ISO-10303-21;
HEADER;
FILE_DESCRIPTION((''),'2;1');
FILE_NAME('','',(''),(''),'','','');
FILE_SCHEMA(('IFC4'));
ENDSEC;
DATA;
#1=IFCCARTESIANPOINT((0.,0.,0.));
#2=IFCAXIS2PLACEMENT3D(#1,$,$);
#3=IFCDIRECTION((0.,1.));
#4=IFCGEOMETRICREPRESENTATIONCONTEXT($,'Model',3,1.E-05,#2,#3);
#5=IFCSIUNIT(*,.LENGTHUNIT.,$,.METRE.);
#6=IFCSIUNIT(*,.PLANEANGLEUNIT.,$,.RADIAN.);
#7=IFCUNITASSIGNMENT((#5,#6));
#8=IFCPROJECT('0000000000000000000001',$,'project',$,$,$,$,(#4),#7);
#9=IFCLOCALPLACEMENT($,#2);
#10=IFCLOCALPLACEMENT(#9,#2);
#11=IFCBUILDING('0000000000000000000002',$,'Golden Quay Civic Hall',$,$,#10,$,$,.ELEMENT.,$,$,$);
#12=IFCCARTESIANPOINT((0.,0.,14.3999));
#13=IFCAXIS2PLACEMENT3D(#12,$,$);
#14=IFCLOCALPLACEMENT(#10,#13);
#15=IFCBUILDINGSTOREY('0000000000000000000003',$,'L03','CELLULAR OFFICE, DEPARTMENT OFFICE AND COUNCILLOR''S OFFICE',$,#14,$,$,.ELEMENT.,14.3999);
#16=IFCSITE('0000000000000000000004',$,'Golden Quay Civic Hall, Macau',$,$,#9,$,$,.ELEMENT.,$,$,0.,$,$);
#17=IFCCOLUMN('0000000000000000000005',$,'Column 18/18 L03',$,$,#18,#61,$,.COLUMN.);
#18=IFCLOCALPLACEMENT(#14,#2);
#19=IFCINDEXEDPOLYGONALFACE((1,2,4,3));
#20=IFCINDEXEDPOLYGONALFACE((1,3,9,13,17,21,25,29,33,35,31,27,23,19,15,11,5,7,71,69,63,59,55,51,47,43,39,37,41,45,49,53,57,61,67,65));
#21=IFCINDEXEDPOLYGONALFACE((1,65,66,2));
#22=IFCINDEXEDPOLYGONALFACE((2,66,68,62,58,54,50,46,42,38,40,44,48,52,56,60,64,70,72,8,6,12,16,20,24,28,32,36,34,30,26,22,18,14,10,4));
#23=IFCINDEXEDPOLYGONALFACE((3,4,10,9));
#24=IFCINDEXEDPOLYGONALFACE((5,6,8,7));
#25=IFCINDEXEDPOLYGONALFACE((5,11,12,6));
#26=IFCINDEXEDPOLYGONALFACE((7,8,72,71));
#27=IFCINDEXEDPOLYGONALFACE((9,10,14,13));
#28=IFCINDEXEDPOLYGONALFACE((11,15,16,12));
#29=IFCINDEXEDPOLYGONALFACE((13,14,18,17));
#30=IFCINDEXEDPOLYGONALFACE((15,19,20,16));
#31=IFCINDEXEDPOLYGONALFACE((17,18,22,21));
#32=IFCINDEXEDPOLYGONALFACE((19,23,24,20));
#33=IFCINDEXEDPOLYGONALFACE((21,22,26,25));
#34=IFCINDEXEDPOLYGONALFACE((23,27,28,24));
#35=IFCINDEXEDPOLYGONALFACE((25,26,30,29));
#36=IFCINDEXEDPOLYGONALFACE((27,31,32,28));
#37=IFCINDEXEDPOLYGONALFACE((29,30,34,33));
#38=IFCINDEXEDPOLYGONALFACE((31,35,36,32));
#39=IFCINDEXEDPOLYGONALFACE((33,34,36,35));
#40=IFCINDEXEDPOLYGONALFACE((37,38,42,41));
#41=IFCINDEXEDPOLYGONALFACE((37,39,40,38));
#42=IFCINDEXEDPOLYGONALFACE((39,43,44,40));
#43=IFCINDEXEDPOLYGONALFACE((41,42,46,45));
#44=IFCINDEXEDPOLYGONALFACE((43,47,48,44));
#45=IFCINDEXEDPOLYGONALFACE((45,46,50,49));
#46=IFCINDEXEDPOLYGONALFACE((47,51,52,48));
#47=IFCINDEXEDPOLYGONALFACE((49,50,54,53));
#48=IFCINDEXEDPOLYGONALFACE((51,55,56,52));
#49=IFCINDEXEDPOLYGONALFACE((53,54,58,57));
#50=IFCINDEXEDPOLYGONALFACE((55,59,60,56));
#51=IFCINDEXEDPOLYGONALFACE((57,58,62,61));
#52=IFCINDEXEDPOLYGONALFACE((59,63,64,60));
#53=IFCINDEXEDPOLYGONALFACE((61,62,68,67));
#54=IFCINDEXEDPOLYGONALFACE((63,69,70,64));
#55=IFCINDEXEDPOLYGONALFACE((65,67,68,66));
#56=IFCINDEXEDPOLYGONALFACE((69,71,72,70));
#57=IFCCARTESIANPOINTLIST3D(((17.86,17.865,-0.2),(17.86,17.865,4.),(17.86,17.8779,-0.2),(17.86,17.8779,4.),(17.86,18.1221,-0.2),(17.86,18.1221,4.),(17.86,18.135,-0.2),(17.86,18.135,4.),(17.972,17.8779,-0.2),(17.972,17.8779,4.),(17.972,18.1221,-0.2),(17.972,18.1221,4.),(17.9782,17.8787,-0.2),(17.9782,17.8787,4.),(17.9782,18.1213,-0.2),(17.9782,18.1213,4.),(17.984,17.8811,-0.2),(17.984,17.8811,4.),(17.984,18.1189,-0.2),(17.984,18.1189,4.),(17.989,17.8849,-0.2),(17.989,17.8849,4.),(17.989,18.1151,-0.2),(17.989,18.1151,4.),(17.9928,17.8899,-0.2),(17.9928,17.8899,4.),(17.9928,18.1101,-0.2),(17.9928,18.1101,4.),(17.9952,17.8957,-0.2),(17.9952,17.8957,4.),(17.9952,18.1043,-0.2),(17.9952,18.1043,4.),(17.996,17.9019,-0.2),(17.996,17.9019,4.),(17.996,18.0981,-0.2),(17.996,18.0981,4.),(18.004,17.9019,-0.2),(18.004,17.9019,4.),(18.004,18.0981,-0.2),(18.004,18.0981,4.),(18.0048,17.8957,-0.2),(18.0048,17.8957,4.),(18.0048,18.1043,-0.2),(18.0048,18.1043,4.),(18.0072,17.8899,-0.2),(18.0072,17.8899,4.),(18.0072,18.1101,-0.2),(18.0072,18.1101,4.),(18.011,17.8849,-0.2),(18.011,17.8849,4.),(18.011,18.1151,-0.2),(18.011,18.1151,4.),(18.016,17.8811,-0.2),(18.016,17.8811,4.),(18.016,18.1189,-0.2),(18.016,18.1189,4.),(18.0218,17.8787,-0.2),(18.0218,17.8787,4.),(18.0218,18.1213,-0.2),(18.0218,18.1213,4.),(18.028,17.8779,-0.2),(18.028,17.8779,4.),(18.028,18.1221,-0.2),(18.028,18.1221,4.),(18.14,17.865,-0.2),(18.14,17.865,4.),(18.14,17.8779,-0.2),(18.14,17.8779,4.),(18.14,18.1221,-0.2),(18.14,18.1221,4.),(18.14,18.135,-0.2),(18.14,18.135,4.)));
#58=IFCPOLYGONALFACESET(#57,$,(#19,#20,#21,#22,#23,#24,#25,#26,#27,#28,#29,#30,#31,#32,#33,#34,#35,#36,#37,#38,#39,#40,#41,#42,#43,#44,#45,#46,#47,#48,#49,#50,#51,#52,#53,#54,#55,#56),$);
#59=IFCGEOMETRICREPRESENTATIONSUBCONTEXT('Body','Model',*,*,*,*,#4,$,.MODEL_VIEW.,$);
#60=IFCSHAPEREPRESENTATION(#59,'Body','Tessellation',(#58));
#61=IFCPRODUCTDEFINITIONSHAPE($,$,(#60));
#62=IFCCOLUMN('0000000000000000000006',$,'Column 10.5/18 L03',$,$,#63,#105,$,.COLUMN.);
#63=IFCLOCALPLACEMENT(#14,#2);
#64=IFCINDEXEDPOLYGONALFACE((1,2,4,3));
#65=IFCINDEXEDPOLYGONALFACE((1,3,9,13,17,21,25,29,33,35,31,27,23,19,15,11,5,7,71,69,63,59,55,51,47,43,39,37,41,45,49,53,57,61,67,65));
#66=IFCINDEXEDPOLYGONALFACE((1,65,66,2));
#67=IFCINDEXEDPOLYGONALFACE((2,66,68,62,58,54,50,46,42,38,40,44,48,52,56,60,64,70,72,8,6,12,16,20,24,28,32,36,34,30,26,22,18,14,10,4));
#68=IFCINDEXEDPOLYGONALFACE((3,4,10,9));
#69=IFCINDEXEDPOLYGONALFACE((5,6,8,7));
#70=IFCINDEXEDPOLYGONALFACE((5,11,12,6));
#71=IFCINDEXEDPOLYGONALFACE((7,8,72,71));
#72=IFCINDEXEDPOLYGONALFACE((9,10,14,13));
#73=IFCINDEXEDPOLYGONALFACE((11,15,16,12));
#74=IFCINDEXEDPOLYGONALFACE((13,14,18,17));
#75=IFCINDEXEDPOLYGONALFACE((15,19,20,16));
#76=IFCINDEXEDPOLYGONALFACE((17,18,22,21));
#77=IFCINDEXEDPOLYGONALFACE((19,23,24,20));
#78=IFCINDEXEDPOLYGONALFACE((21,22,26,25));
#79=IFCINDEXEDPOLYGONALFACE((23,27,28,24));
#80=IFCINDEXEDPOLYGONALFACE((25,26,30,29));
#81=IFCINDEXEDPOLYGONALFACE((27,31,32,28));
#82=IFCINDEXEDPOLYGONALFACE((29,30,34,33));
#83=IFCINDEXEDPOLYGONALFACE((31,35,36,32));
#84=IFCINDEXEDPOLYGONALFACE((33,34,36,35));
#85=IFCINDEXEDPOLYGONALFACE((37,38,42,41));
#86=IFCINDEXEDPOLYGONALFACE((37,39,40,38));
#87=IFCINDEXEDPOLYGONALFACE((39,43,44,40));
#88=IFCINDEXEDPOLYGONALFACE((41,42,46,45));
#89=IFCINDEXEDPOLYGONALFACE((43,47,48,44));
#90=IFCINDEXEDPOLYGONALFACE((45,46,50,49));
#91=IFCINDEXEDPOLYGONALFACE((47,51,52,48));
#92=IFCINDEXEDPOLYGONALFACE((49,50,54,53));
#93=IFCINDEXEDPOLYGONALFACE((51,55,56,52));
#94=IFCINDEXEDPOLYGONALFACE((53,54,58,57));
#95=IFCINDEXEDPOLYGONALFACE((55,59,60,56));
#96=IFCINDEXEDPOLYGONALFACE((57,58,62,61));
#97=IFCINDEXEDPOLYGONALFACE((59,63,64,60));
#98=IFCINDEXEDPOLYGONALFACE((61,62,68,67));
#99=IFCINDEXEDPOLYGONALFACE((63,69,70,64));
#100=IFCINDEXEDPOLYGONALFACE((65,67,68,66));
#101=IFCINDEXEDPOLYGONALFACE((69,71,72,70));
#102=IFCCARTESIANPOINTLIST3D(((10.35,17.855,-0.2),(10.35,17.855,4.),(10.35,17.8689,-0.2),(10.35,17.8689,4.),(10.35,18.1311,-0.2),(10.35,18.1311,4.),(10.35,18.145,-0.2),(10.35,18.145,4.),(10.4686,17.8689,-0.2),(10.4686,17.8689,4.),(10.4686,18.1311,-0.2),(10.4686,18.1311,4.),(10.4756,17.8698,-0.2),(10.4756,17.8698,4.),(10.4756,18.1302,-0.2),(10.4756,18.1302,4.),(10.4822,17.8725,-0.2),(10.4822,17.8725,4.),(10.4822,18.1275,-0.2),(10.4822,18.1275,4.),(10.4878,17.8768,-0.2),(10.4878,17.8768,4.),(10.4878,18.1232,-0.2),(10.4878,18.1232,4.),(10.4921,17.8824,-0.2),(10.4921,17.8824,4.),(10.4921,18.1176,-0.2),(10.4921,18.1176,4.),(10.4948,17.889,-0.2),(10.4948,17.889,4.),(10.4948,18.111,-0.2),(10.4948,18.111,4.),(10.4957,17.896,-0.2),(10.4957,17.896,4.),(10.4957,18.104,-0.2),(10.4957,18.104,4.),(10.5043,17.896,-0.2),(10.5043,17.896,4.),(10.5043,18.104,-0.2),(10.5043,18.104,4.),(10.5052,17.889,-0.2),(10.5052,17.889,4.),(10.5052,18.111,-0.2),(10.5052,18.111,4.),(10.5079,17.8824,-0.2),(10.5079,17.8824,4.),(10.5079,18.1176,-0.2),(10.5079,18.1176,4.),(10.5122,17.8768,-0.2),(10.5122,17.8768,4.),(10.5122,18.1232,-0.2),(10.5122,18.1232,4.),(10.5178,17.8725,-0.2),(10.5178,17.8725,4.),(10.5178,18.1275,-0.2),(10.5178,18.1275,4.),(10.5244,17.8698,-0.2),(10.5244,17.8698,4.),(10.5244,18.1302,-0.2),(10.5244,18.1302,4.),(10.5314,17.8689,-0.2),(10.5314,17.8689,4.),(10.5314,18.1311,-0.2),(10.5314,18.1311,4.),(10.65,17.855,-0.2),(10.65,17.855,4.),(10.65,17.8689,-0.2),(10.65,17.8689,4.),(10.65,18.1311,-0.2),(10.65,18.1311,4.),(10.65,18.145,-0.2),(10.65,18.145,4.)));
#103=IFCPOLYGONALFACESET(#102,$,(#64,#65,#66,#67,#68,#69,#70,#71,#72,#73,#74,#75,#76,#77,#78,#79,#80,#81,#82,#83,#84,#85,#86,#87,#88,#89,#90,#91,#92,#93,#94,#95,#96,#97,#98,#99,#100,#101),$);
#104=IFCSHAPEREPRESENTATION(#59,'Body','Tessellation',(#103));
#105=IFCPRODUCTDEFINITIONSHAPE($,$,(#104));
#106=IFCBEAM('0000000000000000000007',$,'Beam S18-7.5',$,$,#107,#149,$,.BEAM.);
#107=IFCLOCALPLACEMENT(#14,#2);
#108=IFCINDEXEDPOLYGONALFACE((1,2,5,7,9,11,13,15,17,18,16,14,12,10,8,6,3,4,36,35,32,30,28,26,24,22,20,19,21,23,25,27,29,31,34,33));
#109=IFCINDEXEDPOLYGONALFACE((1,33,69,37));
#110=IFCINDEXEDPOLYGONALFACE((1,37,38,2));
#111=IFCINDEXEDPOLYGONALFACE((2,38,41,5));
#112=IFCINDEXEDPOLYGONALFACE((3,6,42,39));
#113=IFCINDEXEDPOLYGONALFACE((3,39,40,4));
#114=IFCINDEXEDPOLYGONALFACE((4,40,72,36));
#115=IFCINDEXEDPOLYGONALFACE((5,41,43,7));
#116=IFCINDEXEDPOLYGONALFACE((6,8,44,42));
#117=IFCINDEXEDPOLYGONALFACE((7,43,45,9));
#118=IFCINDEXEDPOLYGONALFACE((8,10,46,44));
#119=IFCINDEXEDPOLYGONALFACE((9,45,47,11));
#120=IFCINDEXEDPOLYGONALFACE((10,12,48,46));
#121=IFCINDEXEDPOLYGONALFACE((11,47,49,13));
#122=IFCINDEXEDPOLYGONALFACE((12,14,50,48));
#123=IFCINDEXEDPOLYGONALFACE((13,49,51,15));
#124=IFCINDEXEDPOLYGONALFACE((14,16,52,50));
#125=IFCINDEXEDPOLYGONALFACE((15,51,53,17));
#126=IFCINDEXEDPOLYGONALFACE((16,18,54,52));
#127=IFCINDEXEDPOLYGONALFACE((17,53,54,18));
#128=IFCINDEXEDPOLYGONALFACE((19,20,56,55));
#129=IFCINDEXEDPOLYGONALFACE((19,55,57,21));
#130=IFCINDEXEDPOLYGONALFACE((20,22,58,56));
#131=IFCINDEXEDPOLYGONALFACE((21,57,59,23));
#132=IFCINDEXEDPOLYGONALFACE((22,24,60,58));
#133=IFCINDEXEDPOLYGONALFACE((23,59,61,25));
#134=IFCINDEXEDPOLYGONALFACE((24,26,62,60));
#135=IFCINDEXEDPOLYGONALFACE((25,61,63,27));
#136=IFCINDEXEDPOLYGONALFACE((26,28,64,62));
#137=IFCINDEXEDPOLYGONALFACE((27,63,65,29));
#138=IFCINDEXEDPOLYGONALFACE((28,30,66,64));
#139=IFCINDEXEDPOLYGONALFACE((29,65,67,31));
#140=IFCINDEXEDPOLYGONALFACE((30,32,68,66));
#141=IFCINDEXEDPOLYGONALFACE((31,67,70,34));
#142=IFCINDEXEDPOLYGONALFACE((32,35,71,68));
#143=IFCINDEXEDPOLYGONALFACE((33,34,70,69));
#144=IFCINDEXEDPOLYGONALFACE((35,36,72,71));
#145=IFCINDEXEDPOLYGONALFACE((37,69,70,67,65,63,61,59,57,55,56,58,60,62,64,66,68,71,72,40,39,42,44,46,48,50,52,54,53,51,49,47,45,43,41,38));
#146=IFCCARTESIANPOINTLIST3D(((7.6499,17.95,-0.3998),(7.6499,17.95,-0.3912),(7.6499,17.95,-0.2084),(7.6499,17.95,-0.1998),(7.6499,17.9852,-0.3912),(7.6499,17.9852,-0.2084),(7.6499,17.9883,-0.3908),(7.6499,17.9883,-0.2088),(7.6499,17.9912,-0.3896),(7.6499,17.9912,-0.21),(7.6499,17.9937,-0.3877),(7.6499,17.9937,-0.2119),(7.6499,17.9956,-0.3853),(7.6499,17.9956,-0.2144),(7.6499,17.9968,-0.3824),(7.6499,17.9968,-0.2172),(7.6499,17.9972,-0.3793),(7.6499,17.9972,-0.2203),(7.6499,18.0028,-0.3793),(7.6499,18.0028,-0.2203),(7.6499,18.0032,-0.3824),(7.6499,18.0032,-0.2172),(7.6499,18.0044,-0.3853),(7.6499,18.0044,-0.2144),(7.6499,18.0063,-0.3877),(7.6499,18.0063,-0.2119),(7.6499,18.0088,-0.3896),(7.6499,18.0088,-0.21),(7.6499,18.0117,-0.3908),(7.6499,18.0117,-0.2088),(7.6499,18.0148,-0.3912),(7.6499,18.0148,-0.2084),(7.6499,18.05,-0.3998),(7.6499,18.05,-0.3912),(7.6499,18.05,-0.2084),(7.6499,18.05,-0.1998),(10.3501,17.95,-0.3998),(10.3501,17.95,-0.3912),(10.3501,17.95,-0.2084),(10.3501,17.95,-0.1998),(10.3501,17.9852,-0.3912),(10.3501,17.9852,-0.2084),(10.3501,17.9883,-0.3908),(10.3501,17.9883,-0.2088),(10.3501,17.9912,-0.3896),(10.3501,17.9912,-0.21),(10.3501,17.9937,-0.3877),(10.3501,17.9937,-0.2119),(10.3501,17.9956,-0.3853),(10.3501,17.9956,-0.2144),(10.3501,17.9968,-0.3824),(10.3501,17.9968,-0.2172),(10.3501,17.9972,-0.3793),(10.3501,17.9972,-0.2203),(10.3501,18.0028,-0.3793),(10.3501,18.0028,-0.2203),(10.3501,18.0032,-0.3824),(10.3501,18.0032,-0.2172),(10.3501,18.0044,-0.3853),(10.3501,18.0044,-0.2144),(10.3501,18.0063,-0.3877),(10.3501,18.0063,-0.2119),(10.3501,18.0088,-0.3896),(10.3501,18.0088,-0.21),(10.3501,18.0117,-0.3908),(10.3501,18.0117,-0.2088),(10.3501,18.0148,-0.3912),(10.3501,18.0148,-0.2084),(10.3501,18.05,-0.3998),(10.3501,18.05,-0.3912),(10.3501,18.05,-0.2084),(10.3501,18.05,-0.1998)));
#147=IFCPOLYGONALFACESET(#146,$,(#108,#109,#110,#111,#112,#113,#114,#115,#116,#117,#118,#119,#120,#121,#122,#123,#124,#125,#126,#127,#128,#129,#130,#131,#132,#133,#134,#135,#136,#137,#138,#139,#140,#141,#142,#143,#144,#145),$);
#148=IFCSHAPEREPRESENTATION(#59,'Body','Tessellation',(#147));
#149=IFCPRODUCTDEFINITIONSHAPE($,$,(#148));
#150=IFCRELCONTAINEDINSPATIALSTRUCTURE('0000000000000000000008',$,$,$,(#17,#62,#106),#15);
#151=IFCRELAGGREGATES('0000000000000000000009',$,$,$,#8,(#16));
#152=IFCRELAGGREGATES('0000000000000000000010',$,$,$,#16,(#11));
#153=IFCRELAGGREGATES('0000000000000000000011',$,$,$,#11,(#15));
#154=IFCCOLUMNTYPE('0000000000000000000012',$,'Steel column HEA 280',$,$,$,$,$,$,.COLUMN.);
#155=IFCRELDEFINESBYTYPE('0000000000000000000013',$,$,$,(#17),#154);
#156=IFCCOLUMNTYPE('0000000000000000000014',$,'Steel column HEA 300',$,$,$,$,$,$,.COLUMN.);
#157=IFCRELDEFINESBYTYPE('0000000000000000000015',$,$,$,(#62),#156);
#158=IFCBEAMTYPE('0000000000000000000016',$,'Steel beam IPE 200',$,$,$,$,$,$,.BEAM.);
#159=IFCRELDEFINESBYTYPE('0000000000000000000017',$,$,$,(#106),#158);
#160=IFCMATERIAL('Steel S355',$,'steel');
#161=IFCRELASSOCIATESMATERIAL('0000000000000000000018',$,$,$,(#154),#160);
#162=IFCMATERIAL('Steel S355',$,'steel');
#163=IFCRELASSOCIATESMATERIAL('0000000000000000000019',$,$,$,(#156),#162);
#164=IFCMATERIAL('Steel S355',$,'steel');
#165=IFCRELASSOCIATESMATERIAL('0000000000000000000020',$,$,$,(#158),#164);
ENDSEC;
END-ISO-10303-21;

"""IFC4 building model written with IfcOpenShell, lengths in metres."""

from ifc_helpers import new_model, si_unit, direction, frame, origin, origin_2d, place, context, subcontext, project, spatial, i_section, extrude, material, material_profile, profile_set, type_object, element, save


model = new_model("IFC4")

# Units and contexts
model_context = context("Model", 3, precision=1e-05, world=origin(), true_north=direction((0.0, 1.0)))
body_context = subcontext(model_context, "Body", "Model", "MODEL_VIEW")
ifc_project = project(units=[si_unit("LENGTHUNIT", "METRE"), si_unit("PLANEANGLEUNIT", "RADIAN")], contexts=[model_context])

# Site, building, storey
site_placement = place(None, origin())
site = spatial("IfcSite", under=ifc_project, at=site_placement, Name="Golden Quay Civic Hall, Macau", CompositionType="ELEMENT", RefElevation=0.0)
building_placement = place(site_placement, origin())
building = spatial("IfcBuilding", under=site, at=building_placement, Name="Golden Quay Civic Hall", CompositionType="ELEMENT")
storey_placement = place(building_placement, frame((0.0, 0.0, 14.3999)))
storey = spatial("IfcBuildingStorey", under=building, at=storey_placement, Name="L03", Description="CELLULAR OFFICE, DEPARTMENT OFFICE AND COUNCILLOR'S OFFICE", CompositionType="ELEMENT", Elevation=14.3999)

# Columns
ifc_material_1 = material(Name="Steel S355", Category="steel")
ifc_material_profile_1 = material_profile(ifc_material_1, i_section(OverallWidth=0.28, OverallDepth=0.27, WebThickness=0.0081, FlangeThickness=0.0129, FilletRadius=0.0239, at=origin_2d()), Name="HEA 280")
ifc_profile_set_1 = profile_set([ifc_material_profile_1], Name="Steel S355")
column_type_1 = type_object("IfcColumnType", Name="Steel column HEA 280", PredefinedType="COLUMN", material=ifc_profile_set_1)
column_1_placement = place(storey_placement, frame((18.0, 18.0, -0.2), z_axis=(0.0, 0.0, 1.0), x_axis=(1.0, 0.0, 0.0)))
element("IfcColumn", 1, at=column_1_placement, inside=storey, type_object=column_type_1, Name="Column 18/18 L03", PredefinedType="COLUMN", context=body_context, shape_type="SweptSolid", body=[
    extrude(i_section(OverallWidth=0.28, OverallDepth=0.27, WebThickness=0.0081, FlangeThickness=0.0129, FilletRadius=0.0239, at=origin_2d()), origin(), (0.0, 0.0, 1.0), 4.2),
])
ifc_material_2 = material(Name="Steel S355", Category="steel")
ifc_material_profile_2 = material_profile(ifc_material_2, i_section(OverallWidth=0.3, OverallDepth=0.29, WebThickness=0.0085, FlangeThickness=0.0139, FilletRadius=0.0271, at=origin_2d()), Name="HEA 300")
ifc_profile_set_2 = profile_set([ifc_material_profile_2], Name="Steel S355")
column_type_2 = type_object("IfcColumnType", Name="Steel column HEA 300", PredefinedType="COLUMN", material=ifc_profile_set_2)
column_2_placement = place(storey_placement, frame((10.5, 18.0, -0.2), z_axis=(0.0, 0.0, 1.0), x_axis=(1.0, 0.0, 0.0)))
element("IfcColumn", 2, at=column_2_placement, inside=storey, type_object=column_type_2, Name="Column 10.5/18 L03", PredefinedType="COLUMN", context=body_context, shape_type="SweptSolid", body=[
    extrude(i_section(OverallWidth=0.3, OverallDepth=0.29, WebThickness=0.0085, FlangeThickness=0.0139, FilletRadius=0.0271, at=origin_2d()), origin(), (0.0, 0.0, 1.0), 4.2),
])

# Beam
ifc_material_3 = material(Name="Steel S355", Category="steel")
ifc_material_profile_3 = material_profile(ifc_material_3, i_section(OverallWidth=0.1001, OverallDepth=0.2, WebThickness=0.0056, FlangeThickness=0.0085, FilletRadius=0.012, at=origin_2d()), Name="IPE 200")
ifc_profile_set_3 = profile_set([ifc_material_profile_3], Name="Steel S355")
beam_type_1 = type_object("IfcBeamType", Name="Steel beam IPE 200", PredefinedType="BEAM", material=ifc_profile_set_3)
beam_1_placement = place(storey_placement, frame((7.6499, 18.0, -0.2998), z_axis=(1.0, 0.0, 0.0), x_axis=(0.0, 1.0, 0.0)))
element("IfcBeam", 3, at=beam_1_placement, inside=storey, type_object=beam_type_1, Name="Beam S18-7.5", PredefinedType="BEAM", context=body_context, shape_type="SweptSolid", body=[
    extrude(i_section(OverallWidth=0.1001, OverallDepth=0.2, WebThickness=0.0056, FlangeThickness=0.0085, FilletRadius=0.012, at=origin_2d()), origin(), (0.0, 0.0, 1.0), 2.7002),
])

save(model, "model.ifc")
